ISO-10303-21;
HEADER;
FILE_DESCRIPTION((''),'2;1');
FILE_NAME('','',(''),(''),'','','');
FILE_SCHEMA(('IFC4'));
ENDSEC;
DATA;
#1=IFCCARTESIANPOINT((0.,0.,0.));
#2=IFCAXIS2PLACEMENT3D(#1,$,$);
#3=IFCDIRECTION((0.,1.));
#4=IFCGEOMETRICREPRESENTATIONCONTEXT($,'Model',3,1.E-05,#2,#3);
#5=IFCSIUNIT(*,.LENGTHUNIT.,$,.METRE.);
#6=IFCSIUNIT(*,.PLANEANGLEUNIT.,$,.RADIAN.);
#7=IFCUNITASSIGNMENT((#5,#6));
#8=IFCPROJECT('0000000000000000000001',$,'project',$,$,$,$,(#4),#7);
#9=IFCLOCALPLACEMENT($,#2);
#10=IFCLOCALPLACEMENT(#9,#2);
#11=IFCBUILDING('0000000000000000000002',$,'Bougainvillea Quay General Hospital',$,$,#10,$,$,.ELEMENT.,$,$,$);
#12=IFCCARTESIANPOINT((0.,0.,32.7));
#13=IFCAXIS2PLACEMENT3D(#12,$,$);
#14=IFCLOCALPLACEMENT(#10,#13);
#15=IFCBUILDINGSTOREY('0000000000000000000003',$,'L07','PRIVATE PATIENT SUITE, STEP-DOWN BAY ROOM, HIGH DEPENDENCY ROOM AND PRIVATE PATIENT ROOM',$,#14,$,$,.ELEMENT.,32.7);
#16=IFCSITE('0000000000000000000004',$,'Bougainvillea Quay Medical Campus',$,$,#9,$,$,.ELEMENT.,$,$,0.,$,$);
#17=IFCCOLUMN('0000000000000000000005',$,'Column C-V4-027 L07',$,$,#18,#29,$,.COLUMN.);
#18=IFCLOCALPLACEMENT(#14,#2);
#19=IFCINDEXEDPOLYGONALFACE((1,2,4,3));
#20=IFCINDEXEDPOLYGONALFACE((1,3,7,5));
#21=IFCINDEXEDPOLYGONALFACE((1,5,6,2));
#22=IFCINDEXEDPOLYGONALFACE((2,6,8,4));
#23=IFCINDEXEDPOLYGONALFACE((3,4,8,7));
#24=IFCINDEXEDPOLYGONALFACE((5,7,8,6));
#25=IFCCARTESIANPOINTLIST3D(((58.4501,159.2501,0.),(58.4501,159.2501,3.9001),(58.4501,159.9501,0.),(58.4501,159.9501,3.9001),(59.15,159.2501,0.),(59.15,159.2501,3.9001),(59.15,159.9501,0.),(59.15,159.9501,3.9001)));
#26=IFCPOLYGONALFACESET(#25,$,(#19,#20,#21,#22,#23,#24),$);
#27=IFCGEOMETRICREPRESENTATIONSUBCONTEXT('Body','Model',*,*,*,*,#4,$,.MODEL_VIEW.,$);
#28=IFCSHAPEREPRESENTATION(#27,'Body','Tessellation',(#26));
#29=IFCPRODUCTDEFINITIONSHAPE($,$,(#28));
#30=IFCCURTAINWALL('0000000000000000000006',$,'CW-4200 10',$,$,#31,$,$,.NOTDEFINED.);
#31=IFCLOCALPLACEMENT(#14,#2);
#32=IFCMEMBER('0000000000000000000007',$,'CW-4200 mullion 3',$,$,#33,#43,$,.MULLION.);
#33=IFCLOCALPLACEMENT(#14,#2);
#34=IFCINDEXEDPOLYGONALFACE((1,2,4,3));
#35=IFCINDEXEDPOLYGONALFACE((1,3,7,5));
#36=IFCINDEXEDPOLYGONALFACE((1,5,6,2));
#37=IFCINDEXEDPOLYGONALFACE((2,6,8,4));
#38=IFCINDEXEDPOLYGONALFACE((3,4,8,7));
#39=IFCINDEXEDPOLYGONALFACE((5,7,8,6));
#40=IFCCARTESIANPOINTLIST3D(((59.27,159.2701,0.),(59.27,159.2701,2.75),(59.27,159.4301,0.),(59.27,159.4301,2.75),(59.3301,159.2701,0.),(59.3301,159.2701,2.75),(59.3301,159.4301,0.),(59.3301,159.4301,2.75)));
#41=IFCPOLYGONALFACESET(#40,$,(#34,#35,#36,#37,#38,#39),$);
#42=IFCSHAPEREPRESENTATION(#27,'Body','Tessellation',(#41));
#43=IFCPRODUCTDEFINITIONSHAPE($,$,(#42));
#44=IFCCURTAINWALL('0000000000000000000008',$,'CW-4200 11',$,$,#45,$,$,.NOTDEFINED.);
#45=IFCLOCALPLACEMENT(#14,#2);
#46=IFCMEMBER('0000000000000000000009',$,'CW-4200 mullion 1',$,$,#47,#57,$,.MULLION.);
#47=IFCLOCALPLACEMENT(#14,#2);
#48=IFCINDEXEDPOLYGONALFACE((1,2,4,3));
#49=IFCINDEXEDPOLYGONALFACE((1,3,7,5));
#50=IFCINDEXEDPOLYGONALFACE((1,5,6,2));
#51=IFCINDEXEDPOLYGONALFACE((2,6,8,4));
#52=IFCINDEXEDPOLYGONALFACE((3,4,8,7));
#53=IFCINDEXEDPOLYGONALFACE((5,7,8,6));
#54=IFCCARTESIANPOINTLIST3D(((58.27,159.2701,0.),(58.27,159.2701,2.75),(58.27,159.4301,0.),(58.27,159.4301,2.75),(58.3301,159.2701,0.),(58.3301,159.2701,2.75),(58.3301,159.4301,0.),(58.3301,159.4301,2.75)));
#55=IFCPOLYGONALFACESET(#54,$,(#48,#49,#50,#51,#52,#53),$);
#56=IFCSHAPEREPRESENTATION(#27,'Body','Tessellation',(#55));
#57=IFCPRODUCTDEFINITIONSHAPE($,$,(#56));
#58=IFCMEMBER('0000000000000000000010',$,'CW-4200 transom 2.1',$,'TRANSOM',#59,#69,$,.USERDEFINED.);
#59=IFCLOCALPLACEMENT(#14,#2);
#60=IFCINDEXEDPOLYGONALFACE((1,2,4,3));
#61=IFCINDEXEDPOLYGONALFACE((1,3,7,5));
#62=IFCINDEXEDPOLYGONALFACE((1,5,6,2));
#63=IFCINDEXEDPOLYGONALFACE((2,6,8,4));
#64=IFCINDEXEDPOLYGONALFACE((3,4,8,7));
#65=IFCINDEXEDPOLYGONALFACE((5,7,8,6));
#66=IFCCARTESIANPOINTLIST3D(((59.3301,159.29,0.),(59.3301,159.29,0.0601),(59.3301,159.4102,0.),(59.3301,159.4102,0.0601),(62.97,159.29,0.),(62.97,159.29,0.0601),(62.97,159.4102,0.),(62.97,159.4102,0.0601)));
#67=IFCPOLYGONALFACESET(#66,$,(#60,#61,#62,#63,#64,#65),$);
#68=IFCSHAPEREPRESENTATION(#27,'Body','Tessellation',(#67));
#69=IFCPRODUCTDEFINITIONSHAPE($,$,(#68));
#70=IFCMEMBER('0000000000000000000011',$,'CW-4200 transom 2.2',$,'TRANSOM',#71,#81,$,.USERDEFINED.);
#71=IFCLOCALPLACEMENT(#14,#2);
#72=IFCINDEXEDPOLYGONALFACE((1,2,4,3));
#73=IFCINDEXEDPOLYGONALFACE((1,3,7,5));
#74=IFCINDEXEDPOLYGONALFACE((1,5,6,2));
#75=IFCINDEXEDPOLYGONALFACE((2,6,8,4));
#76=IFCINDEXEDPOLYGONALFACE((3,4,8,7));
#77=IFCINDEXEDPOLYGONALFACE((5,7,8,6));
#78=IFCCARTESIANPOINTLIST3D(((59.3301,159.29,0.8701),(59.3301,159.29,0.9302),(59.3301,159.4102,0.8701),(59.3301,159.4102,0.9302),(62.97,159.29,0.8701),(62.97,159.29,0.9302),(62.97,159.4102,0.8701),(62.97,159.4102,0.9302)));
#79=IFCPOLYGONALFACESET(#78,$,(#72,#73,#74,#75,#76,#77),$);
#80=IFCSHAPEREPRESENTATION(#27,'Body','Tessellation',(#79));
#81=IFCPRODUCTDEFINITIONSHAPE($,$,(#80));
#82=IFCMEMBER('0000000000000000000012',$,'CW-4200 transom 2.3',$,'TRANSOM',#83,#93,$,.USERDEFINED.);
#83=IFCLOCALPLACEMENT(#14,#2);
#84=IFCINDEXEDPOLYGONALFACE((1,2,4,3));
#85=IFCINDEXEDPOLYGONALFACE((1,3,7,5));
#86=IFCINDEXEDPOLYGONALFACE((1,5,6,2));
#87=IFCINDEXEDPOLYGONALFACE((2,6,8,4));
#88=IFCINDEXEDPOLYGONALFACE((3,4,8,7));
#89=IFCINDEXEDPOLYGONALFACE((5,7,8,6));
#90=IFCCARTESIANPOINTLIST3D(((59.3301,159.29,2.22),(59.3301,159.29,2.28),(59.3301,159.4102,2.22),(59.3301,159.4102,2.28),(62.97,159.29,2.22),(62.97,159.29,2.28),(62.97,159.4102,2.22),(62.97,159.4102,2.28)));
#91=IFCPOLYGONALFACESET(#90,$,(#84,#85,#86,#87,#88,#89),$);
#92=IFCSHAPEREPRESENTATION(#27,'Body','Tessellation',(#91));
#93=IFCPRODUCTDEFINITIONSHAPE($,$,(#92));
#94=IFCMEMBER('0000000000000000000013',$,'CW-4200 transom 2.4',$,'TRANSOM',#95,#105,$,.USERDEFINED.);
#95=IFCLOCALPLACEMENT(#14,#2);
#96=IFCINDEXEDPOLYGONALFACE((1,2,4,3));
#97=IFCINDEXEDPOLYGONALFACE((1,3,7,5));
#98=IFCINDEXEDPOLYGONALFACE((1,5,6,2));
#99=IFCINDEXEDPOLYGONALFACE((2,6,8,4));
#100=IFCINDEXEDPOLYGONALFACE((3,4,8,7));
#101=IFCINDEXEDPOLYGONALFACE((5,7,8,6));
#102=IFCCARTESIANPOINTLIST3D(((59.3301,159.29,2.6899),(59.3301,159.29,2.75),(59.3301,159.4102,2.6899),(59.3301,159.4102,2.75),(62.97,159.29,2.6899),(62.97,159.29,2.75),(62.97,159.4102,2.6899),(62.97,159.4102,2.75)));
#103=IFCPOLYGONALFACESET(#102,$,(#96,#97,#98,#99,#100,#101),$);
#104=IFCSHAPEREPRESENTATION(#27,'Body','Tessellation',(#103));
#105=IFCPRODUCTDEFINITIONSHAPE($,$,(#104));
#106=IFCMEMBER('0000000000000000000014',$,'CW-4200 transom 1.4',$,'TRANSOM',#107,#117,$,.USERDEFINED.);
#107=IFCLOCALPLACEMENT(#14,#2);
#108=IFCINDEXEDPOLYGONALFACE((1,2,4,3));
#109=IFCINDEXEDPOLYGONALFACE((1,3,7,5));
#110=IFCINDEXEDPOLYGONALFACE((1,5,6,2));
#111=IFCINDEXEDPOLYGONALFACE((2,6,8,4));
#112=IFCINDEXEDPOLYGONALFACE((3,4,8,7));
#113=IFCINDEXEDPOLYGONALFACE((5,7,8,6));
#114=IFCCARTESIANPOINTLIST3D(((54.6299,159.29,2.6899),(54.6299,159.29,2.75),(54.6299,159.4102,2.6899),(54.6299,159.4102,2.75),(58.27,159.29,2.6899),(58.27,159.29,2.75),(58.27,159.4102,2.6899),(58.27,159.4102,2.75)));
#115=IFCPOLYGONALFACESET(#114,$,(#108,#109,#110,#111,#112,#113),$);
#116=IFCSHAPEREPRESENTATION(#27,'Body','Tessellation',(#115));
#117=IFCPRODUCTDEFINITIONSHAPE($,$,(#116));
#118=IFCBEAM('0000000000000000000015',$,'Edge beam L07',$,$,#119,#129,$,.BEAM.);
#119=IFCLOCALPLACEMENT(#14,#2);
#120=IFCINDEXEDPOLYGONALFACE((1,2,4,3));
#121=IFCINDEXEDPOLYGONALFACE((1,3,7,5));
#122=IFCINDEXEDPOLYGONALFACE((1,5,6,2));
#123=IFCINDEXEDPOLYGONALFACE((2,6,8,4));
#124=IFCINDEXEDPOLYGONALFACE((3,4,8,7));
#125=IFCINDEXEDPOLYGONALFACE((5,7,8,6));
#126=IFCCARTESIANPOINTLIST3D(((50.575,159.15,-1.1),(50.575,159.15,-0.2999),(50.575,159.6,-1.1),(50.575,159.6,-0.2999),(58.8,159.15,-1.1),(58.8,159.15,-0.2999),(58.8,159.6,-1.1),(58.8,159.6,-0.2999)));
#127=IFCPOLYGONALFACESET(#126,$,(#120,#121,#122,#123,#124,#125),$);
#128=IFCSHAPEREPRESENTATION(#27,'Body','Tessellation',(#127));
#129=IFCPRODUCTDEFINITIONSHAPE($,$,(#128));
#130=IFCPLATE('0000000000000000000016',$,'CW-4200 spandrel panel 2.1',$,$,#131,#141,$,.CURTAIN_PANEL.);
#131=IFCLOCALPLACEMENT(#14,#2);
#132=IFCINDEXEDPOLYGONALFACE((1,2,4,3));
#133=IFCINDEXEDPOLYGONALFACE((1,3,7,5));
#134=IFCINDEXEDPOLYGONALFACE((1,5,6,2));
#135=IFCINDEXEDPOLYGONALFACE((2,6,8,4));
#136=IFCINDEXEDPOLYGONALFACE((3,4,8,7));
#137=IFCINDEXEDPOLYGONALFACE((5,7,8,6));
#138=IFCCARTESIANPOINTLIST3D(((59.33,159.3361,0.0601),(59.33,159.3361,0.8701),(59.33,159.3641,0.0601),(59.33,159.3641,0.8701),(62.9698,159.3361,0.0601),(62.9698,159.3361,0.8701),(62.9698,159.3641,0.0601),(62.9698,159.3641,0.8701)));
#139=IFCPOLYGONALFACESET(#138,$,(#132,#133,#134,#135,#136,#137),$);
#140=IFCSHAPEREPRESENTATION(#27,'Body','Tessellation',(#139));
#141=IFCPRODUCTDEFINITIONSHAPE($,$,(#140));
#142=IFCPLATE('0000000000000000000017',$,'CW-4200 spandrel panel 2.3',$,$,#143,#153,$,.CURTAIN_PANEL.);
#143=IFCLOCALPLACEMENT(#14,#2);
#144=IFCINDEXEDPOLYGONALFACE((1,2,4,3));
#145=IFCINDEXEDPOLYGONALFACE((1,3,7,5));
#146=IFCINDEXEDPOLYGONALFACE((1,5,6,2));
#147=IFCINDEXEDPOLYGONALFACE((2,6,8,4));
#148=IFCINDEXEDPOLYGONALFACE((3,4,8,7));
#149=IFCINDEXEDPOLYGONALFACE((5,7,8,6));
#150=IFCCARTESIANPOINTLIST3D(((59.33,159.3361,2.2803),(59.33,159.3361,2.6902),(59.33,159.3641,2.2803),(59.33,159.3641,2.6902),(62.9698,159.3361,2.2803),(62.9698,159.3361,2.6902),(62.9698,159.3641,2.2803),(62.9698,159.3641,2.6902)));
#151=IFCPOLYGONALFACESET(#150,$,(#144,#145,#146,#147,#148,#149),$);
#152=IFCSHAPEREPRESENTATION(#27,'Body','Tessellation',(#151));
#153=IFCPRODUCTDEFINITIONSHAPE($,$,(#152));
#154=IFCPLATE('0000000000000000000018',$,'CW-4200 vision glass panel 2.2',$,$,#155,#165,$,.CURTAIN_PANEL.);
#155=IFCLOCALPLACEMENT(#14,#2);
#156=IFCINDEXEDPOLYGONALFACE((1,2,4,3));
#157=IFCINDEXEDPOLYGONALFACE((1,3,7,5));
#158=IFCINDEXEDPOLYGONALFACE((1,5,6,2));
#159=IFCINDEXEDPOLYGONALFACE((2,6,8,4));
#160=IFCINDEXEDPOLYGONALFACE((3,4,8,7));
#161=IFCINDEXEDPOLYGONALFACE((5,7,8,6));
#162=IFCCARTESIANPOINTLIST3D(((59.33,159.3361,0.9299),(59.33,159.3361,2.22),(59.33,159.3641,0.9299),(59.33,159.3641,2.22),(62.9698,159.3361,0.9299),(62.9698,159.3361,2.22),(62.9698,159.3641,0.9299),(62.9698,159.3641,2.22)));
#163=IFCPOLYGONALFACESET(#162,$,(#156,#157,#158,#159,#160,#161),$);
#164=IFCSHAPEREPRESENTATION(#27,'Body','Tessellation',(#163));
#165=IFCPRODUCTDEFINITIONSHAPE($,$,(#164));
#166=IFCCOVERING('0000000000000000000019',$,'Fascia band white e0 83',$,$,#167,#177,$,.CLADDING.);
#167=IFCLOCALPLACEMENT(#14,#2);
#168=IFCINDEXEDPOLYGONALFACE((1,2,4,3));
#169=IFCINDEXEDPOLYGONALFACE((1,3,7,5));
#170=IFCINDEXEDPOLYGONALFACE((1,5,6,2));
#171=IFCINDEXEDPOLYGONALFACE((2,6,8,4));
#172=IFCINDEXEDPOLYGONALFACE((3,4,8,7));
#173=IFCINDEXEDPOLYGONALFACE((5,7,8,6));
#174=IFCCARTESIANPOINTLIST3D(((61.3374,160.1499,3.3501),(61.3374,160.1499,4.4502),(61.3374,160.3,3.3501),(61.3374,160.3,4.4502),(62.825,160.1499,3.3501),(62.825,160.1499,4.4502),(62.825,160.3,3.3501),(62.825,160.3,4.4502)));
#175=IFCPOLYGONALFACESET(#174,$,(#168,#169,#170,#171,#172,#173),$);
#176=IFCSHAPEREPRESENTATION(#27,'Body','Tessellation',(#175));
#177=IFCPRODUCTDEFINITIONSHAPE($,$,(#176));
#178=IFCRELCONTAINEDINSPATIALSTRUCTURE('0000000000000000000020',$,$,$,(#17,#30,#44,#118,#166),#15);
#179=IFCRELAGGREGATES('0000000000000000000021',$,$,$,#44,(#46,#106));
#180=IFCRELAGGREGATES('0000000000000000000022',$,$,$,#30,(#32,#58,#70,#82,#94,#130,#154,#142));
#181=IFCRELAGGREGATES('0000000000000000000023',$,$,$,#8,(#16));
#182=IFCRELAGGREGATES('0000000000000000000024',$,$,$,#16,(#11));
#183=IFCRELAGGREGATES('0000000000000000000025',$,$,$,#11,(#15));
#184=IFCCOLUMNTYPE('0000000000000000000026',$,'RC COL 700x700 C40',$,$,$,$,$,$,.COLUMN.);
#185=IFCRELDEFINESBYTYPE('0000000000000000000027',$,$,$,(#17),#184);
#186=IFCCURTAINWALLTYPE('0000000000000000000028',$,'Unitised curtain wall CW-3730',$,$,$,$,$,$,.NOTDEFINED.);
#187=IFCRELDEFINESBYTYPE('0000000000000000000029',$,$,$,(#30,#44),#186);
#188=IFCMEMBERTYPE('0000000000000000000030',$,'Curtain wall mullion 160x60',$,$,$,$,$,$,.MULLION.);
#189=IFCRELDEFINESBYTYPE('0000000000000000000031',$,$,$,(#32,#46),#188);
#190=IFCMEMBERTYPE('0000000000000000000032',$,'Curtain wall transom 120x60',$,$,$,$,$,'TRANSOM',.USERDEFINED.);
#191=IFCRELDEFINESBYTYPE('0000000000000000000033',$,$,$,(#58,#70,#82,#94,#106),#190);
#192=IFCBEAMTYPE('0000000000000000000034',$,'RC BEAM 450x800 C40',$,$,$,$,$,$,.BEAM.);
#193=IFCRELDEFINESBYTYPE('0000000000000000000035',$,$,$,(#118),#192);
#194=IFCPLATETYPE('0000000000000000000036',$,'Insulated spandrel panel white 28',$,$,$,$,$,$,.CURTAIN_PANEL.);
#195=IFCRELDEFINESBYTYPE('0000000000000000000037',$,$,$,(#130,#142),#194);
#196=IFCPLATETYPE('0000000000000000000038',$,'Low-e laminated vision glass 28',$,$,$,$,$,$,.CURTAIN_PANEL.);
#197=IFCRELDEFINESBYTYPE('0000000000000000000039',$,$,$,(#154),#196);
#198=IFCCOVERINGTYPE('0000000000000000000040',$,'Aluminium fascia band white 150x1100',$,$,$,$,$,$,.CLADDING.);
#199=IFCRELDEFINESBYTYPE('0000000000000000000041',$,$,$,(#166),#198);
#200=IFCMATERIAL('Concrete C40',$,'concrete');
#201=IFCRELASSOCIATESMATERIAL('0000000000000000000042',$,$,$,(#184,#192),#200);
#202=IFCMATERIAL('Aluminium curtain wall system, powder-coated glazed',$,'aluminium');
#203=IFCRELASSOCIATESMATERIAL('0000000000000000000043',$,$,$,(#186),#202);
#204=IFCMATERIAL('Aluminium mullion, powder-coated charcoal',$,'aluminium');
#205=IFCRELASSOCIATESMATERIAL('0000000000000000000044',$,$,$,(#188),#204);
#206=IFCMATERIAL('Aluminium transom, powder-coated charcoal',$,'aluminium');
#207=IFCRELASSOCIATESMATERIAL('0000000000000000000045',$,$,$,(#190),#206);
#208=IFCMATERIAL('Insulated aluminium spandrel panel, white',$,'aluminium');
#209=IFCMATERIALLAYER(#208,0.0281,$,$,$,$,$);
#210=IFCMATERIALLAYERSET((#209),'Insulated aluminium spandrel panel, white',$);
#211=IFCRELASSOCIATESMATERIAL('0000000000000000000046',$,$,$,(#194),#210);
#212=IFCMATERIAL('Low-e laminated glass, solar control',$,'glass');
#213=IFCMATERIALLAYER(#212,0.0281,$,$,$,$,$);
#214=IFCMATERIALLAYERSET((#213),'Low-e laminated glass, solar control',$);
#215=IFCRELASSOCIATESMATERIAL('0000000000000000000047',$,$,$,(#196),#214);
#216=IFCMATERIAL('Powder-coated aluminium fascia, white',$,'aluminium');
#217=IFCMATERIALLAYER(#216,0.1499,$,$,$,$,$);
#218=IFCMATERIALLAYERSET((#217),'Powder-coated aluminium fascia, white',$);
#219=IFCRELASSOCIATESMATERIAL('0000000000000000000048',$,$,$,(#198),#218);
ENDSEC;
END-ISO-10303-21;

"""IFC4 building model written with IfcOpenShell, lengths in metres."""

from ifc_helpers import new_model, si_unit, direction, frame, origin, origin_2d, place, context, subcontext, project, spatial, polyline, rectangle, outline, extrude, material, layer, layer_set, material_profile, profile_set, type_object, element, aggregate, save


model = new_model("IFC4")

# Units and contexts
model_context = context("Model", 3, precision=1e-05, world=origin(), true_north=direction((0.0, 1.0)))
body_context = subcontext(model_context, "Body", "Model", "MODEL_VIEW")
ifc_project = project(units=[si_unit("LENGTHUNIT", "METRE"), si_unit("PLANEANGLEUNIT", "RADIAN")], contexts=[model_context])

# Site, building, storey
site_placement = place(None, origin())
site = spatial("IfcSite", under=ifc_project, at=site_placement, Name="Bougainvillea Quay Medical Campus", CompositionType="ELEMENT", RefElevation=0.0)
building_placement = place(site_placement, origin())
building = spatial("IfcBuilding", under=site, at=building_placement, Name="Bougainvillea Quay General Hospital", CompositionType="ELEMENT")
storey_placement = place(building_placement, frame((0.0, 0.0, 32.7)))
storey = spatial("IfcBuildingStorey", under=building, at=storey_placement, Name="L07", Description="PRIVATE PATIENT SUITE, STEP-DOWN BAY ROOM, HIGH DEPENDENCY ROOM AND PRIVATE PATIENT ROOM", CompositionType="ELEMENT", Elevation=32.7)

# Column
ifc_material_1 = material(Name="Concrete C40", Category="concrete")
ifc_material_profile_1 = material_profile(ifc_material_1, rectangle(XDim=0.7, YDim=0.7, at=origin_2d()))
ifc_profile_set_1 = profile_set([ifc_material_profile_1], Name="Concrete C40")
column_type = type_object("IfcColumnType", Name="RC COL 700x700 C40", PredefinedType="COLUMN", material=ifc_profile_set_1)
column_placement = place(storey_placement, frame((58.8, 159.6001, 0.0), z_axis=(0.0, 0.0, 1.0), x_axis=(1.0, 0.0, 0.0)))
element("IfcColumn", 1, at=column_placement, inside=storey, type_object=column_type, Name="Column C-V4-027 L07", PredefinedType="COLUMN", context=body_context, shape_type="SweptSolid", body=[
    extrude(rectangle(XDim=0.7, YDim=0.7, at=origin_2d()), origin(), (0.0, 0.0, 1.0), 3.9001),
])

# Curtain walls, members
ifc_material_2 = material(Name="Aluminium curtain wall system, powder-coated glazed", Category="aluminium")
curtain_wall_type = type_object("IfcCurtainWallType", Name="Unitised curtain wall CW-3730", PredefinedType="NOTDEFINED", material=ifc_material_2)
curtain_wall_1_placement = place(storey_placement, origin())
curtain_wall_1 = element("IfcCurtainWall", 2, at=curtain_wall_1_placement, inside=storey, type_object=curtain_wall_type, Name="CW-4200 10", PredefinedType="NOTDEFINED")
ifc_material_3 = material(Name="Aluminium mullion, powder-coated charcoal", Category="aluminium")
ifc_material_profile_2 = material_profile(ifc_material_3, rectangle(XDim=0.1599, YDim=0.0601, at=origin_2d()))
ifc_profile_set_2 = profile_set([ifc_material_profile_2], Name="Aluminium mullion, powder-coated charcoal")
member_type_1 = type_object("IfcMemberType", Name="Curtain wall mullion 160x60", PredefinedType="MULLION", material=ifc_profile_set_2)
member_1_placement = place(storey_placement, frame((59.3, 159.3501, 0.0), z_axis=(0.0, 0.0, 1.0), x_axis=(0.0, -1.0, 0.0)))
member_1 = element("IfcMember", 3, at=member_1_placement, type_object=member_type_1, Name="CW-4200 mullion 3", PredefinedType="MULLION", context=body_context, shape_type="SweptSolid", body=[
    extrude(rectangle(XDim=0.1599, YDim=0.0601, at=origin_2d()), origin(), (0.0, 0.0, 1.0), 2.75),
])
curtain_wall_2_placement = place(storey_placement, origin())
curtain_wall_2 = element("IfcCurtainWall", 4, at=curtain_wall_2_placement, inside=storey, type_object=curtain_wall_type, Name="CW-4200 11", PredefinedType="NOTDEFINED")
member_2_placement = place(storey_placement, frame((58.3, 159.3501, 0.0), z_axis=(0.0, 0.0, 1.0), x_axis=(0.0, -1.0, 0.0)))
member_2 = element("IfcMember", 5, at=member_2_placement, type_object=member_type_1, Name="CW-4200 mullion 1", PredefinedType="MULLION", context=body_context, shape_type="SweptSolid", body=[
    extrude(rectangle(XDim=0.1599, YDim=0.0601, at=origin_2d()), origin(), (0.0, 0.0, 1.0), 2.75),
])

# Members
ifc_material_4 = material(Name="Aluminium transom, powder-coated charcoal", Category="aluminium")
ifc_material_profile_3 = material_profile(ifc_material_4, rectangle(XDim=0.1201, YDim=0.0601, at=origin_2d()))
ifc_profile_set_3 = profile_set([ifc_material_profile_3], Name="Aluminium transom, powder-coated charcoal")
member_type_2 = type_object("IfcMemberType", Name="Curtain wall transom 120x60", ElementType="TRANSOM", PredefinedType="USERDEFINED", material=ifc_profile_set_3)
member_3_placement = place(storey_placement, frame((62.97, 159.3501, 0.03), z_axis=(-1.0, 0.0, 0.0), x_axis=(0.0, -1.0, 0.0)))
member_3 = element("IfcMember", 6, at=member_3_placement, type_object=member_type_2, Name="CW-4200 transom 2.1", ObjectType="TRANSOM", PredefinedType="USERDEFINED", context=body_context, shape_type="SweptSolid", body=[
    extrude(rectangle(XDim=0.1201, YDim=0.0601, at=origin_2d()), origin(), (0.0, 0.0, 1.0), 3.6399),
])
member_4_placement = place(storey_placement, frame((62.97, 159.3501, 0.9001), z_axis=(-1.0, 0.0, 0.0), x_axis=(0.0, -1.0, 0.0)))
member_4 = element("IfcMember", 7, at=member_4_placement, type_object=member_type_2, Name="CW-4200 transom 2.2", ObjectType="TRANSOM", PredefinedType="USERDEFINED", context=body_context, shape_type="SweptSolid", body=[
    extrude(rectangle(XDim=0.1201, YDim=0.0601, at=origin_2d()), origin(), (0.0, 0.0, 1.0), 3.6399),
])
member_5_placement = place(storey_placement, frame((62.97, 159.3501, 2.25), z_axis=(-1.0, 0.0, 0.0), x_axis=(0.0, -1.0, 0.0)))
member_5 = element("IfcMember", 8, at=member_5_placement, type_object=member_type_2, Name="CW-4200 transom 2.3", ObjectType="TRANSOM", PredefinedType="USERDEFINED", context=body_context, shape_type="SweptSolid", body=[
    extrude(rectangle(XDim=0.1201, YDim=0.0601, at=origin_2d()), origin(), (0.0, 0.0, 1.0), 3.6399),
])
member_6_placement = place(storey_placement, frame((62.97, 159.3501, 2.72), z_axis=(-1.0, 0.0, 0.0), x_axis=(0.0, -1.0, 0.0)))
member_6 = element("IfcMember", 9, at=member_6_placement, type_object=member_type_2, Name="CW-4200 transom 2.4", ObjectType="TRANSOM", PredefinedType="USERDEFINED", context=body_context, shape_type="SweptSolid", body=[
    extrude(rectangle(XDim=0.1201, YDim=0.0601, at=origin_2d()), origin(), (0.0, 0.0, 1.0), 3.6399),
])
member_7_placement = place(storey_placement, frame((58.27, 159.3501, 2.72), z_axis=(-1.0, 0.0, 0.0), x_axis=(0.0, -1.0, 0.0)))
member_7 = element("IfcMember", 10, at=member_7_placement, type_object=member_type_2, Name="CW-4200 transom 1.4", ObjectType="TRANSOM", PredefinedType="USERDEFINED", context=body_context, shape_type="SweptSolid", body=[
    extrude(rectangle(XDim=0.1201, YDim=0.0601, at=origin_2d()), origin(), (0.0, 0.0, 1.0), 3.6401),
])
aggregate(curtain_wall_2, [member_2, member_7])

# Beam
ifc_material_profile_4 = material_profile(ifc_material_1, rectangle(XDim=0.45, YDim=0.8, at=origin_2d()))
ifc_profile_set_4 = profile_set([ifc_material_profile_4], Name="Concrete C40")
beam_type = type_object("IfcBeamType", Name="RC BEAM 450x800 C40", PredefinedType="BEAM", material=ifc_profile_set_4)
beam_placement = place(storey_placement, frame((58.8, 159.375, -0.7), z_axis=(-1.0, 0.0, 0.0), x_axis=(0.0, -1.0, 0.0)))
element("IfcBeam", 11, at=beam_placement, inside=storey, type_object=beam_type, Name="Edge beam L07", PredefinedType="BEAM", context=body_context, shape_type="SweptSolid", body=[
    extrude(rectangle(XDim=0.45, YDim=0.8, at=origin_2d()), origin(), (0.0, 0.0, 1.0), 8.2251),
])

# Plates
ifc_material_5 = material(Name="Insulated aluminium spandrel panel, white", Category="aluminium")
ifc_layer_1 = layer(ifc_material_5, 0.0281)
ifc_layer_set_1 = layer_set([ifc_layer_1], Name="Insulated aluminium spandrel panel, white")
plate_type_1 = type_object("IfcPlateType", Name="Insulated spandrel panel white 28", PredefinedType="CURTAIN_PANEL", material=ifc_layer_set_1)
plate_1_placement = place(storey_placement, frame((61.1499, 159.3501, 0.0601), z_axis=(0.0, 0.0, 1.0), x_axis=(-1.0, 0.0, 0.0)))
plate_1 = element("IfcPlate", 12, at=plate_1_placement, type_object=plate_type_1, Name="CW-4200 spandrel panel 2.1", PredefinedType="CURTAIN_PANEL", context=body_context, shape_type="SweptSolid", body=[
    extrude(rectangle(XDim=3.6399, YDim=0.0281, at=origin_2d()), origin(), (0.0, 0.0, 1.0), 0.8101),
])
plate_2_placement = place(storey_placement, frame((61.1499, 159.3501, 2.2803), z_axis=(0.0, 0.0, 1.0), x_axis=(-1.0, 0.0, 0.0)))
plate_2 = element("IfcPlate", 13, at=plate_2_placement, type_object=plate_type_1, Name="CW-4200 spandrel panel 2.3", PredefinedType="CURTAIN_PANEL", context=body_context, shape_type="SweptSolid", body=[
    extrude(rectangle(XDim=3.6399, YDim=0.0281, at=origin_2d()), origin(), (0.0, 0.0, 1.0), 0.4099),
])
ifc_material_6 = material(Name="Low-e laminated glass, solar control", Category="glass")
ifc_layer_2 = layer(ifc_material_6, 0.0281)
ifc_layer_set_2 = layer_set([ifc_layer_2], Name="Low-e laminated glass, solar control")
plate_type_2 = type_object("IfcPlateType", Name="Low-e laminated vision glass 28", PredefinedType="CURTAIN_PANEL", material=ifc_layer_set_2)
plate_3_placement = place(storey_placement, frame((61.1499, 159.3501, 0.9299), z_axis=(0.0, 0.0, 1.0), x_axis=(-1.0, 0.0, 0.0)))
plate_3 = element("IfcPlate", 14, at=plate_3_placement, type_object=plate_type_2, Name="CW-4200 vision glass panel 2.2", PredefinedType="CURTAIN_PANEL", context=body_context, shape_type="SweptSolid", body=[
    extrude(rectangle(XDim=3.6399, YDim=0.0281, at=origin_2d()), origin(), (0.0, 0.0, 1.0), 1.29),
])
aggregate(curtain_wall_1, [member_1, member_3, member_4, member_5, member_6, plate_1, plate_3, plate_2])

# Covering
ifc_material_7 = material(Name="Powder-coated aluminium fascia, white", Category="aluminium")
ifc_layer_3 = layer(ifc_material_7, 0.1499)
ifc_layer_set_3 = layer_set([ifc_layer_3], Name="Powder-coated aluminium fascia, white")
covering_type = type_object("IfcCoveringType", Name="Aluminium fascia band white 150x1100", PredefinedType="CLADDING", material=ifc_layer_set_3)
covering_1_placement = place(storey_placement, frame((62.825, 160.1499, 3.3501), z_axis=(0.0, 0.0, 1.0), x_axis=(-1.0, 0.0, 0.0)))
element("IfcCovering", 15, at=covering_1_placement, inside=storey, type_object=covering_type, Name="Fascia band white e0 83", PredefinedType="CLADDING", context=body_context, shape_type="SweptSolid", body=[
    extrude(outline(polyline([(0.0, 0.0), (1.4875, 0.0), (1.4875, -0.1501), (0.0, -0.1501), (0.0, 0.0)])), origin(), (0.0, 0.0, 1.0), 1.1001),
])

save(model, "model.ifc")
